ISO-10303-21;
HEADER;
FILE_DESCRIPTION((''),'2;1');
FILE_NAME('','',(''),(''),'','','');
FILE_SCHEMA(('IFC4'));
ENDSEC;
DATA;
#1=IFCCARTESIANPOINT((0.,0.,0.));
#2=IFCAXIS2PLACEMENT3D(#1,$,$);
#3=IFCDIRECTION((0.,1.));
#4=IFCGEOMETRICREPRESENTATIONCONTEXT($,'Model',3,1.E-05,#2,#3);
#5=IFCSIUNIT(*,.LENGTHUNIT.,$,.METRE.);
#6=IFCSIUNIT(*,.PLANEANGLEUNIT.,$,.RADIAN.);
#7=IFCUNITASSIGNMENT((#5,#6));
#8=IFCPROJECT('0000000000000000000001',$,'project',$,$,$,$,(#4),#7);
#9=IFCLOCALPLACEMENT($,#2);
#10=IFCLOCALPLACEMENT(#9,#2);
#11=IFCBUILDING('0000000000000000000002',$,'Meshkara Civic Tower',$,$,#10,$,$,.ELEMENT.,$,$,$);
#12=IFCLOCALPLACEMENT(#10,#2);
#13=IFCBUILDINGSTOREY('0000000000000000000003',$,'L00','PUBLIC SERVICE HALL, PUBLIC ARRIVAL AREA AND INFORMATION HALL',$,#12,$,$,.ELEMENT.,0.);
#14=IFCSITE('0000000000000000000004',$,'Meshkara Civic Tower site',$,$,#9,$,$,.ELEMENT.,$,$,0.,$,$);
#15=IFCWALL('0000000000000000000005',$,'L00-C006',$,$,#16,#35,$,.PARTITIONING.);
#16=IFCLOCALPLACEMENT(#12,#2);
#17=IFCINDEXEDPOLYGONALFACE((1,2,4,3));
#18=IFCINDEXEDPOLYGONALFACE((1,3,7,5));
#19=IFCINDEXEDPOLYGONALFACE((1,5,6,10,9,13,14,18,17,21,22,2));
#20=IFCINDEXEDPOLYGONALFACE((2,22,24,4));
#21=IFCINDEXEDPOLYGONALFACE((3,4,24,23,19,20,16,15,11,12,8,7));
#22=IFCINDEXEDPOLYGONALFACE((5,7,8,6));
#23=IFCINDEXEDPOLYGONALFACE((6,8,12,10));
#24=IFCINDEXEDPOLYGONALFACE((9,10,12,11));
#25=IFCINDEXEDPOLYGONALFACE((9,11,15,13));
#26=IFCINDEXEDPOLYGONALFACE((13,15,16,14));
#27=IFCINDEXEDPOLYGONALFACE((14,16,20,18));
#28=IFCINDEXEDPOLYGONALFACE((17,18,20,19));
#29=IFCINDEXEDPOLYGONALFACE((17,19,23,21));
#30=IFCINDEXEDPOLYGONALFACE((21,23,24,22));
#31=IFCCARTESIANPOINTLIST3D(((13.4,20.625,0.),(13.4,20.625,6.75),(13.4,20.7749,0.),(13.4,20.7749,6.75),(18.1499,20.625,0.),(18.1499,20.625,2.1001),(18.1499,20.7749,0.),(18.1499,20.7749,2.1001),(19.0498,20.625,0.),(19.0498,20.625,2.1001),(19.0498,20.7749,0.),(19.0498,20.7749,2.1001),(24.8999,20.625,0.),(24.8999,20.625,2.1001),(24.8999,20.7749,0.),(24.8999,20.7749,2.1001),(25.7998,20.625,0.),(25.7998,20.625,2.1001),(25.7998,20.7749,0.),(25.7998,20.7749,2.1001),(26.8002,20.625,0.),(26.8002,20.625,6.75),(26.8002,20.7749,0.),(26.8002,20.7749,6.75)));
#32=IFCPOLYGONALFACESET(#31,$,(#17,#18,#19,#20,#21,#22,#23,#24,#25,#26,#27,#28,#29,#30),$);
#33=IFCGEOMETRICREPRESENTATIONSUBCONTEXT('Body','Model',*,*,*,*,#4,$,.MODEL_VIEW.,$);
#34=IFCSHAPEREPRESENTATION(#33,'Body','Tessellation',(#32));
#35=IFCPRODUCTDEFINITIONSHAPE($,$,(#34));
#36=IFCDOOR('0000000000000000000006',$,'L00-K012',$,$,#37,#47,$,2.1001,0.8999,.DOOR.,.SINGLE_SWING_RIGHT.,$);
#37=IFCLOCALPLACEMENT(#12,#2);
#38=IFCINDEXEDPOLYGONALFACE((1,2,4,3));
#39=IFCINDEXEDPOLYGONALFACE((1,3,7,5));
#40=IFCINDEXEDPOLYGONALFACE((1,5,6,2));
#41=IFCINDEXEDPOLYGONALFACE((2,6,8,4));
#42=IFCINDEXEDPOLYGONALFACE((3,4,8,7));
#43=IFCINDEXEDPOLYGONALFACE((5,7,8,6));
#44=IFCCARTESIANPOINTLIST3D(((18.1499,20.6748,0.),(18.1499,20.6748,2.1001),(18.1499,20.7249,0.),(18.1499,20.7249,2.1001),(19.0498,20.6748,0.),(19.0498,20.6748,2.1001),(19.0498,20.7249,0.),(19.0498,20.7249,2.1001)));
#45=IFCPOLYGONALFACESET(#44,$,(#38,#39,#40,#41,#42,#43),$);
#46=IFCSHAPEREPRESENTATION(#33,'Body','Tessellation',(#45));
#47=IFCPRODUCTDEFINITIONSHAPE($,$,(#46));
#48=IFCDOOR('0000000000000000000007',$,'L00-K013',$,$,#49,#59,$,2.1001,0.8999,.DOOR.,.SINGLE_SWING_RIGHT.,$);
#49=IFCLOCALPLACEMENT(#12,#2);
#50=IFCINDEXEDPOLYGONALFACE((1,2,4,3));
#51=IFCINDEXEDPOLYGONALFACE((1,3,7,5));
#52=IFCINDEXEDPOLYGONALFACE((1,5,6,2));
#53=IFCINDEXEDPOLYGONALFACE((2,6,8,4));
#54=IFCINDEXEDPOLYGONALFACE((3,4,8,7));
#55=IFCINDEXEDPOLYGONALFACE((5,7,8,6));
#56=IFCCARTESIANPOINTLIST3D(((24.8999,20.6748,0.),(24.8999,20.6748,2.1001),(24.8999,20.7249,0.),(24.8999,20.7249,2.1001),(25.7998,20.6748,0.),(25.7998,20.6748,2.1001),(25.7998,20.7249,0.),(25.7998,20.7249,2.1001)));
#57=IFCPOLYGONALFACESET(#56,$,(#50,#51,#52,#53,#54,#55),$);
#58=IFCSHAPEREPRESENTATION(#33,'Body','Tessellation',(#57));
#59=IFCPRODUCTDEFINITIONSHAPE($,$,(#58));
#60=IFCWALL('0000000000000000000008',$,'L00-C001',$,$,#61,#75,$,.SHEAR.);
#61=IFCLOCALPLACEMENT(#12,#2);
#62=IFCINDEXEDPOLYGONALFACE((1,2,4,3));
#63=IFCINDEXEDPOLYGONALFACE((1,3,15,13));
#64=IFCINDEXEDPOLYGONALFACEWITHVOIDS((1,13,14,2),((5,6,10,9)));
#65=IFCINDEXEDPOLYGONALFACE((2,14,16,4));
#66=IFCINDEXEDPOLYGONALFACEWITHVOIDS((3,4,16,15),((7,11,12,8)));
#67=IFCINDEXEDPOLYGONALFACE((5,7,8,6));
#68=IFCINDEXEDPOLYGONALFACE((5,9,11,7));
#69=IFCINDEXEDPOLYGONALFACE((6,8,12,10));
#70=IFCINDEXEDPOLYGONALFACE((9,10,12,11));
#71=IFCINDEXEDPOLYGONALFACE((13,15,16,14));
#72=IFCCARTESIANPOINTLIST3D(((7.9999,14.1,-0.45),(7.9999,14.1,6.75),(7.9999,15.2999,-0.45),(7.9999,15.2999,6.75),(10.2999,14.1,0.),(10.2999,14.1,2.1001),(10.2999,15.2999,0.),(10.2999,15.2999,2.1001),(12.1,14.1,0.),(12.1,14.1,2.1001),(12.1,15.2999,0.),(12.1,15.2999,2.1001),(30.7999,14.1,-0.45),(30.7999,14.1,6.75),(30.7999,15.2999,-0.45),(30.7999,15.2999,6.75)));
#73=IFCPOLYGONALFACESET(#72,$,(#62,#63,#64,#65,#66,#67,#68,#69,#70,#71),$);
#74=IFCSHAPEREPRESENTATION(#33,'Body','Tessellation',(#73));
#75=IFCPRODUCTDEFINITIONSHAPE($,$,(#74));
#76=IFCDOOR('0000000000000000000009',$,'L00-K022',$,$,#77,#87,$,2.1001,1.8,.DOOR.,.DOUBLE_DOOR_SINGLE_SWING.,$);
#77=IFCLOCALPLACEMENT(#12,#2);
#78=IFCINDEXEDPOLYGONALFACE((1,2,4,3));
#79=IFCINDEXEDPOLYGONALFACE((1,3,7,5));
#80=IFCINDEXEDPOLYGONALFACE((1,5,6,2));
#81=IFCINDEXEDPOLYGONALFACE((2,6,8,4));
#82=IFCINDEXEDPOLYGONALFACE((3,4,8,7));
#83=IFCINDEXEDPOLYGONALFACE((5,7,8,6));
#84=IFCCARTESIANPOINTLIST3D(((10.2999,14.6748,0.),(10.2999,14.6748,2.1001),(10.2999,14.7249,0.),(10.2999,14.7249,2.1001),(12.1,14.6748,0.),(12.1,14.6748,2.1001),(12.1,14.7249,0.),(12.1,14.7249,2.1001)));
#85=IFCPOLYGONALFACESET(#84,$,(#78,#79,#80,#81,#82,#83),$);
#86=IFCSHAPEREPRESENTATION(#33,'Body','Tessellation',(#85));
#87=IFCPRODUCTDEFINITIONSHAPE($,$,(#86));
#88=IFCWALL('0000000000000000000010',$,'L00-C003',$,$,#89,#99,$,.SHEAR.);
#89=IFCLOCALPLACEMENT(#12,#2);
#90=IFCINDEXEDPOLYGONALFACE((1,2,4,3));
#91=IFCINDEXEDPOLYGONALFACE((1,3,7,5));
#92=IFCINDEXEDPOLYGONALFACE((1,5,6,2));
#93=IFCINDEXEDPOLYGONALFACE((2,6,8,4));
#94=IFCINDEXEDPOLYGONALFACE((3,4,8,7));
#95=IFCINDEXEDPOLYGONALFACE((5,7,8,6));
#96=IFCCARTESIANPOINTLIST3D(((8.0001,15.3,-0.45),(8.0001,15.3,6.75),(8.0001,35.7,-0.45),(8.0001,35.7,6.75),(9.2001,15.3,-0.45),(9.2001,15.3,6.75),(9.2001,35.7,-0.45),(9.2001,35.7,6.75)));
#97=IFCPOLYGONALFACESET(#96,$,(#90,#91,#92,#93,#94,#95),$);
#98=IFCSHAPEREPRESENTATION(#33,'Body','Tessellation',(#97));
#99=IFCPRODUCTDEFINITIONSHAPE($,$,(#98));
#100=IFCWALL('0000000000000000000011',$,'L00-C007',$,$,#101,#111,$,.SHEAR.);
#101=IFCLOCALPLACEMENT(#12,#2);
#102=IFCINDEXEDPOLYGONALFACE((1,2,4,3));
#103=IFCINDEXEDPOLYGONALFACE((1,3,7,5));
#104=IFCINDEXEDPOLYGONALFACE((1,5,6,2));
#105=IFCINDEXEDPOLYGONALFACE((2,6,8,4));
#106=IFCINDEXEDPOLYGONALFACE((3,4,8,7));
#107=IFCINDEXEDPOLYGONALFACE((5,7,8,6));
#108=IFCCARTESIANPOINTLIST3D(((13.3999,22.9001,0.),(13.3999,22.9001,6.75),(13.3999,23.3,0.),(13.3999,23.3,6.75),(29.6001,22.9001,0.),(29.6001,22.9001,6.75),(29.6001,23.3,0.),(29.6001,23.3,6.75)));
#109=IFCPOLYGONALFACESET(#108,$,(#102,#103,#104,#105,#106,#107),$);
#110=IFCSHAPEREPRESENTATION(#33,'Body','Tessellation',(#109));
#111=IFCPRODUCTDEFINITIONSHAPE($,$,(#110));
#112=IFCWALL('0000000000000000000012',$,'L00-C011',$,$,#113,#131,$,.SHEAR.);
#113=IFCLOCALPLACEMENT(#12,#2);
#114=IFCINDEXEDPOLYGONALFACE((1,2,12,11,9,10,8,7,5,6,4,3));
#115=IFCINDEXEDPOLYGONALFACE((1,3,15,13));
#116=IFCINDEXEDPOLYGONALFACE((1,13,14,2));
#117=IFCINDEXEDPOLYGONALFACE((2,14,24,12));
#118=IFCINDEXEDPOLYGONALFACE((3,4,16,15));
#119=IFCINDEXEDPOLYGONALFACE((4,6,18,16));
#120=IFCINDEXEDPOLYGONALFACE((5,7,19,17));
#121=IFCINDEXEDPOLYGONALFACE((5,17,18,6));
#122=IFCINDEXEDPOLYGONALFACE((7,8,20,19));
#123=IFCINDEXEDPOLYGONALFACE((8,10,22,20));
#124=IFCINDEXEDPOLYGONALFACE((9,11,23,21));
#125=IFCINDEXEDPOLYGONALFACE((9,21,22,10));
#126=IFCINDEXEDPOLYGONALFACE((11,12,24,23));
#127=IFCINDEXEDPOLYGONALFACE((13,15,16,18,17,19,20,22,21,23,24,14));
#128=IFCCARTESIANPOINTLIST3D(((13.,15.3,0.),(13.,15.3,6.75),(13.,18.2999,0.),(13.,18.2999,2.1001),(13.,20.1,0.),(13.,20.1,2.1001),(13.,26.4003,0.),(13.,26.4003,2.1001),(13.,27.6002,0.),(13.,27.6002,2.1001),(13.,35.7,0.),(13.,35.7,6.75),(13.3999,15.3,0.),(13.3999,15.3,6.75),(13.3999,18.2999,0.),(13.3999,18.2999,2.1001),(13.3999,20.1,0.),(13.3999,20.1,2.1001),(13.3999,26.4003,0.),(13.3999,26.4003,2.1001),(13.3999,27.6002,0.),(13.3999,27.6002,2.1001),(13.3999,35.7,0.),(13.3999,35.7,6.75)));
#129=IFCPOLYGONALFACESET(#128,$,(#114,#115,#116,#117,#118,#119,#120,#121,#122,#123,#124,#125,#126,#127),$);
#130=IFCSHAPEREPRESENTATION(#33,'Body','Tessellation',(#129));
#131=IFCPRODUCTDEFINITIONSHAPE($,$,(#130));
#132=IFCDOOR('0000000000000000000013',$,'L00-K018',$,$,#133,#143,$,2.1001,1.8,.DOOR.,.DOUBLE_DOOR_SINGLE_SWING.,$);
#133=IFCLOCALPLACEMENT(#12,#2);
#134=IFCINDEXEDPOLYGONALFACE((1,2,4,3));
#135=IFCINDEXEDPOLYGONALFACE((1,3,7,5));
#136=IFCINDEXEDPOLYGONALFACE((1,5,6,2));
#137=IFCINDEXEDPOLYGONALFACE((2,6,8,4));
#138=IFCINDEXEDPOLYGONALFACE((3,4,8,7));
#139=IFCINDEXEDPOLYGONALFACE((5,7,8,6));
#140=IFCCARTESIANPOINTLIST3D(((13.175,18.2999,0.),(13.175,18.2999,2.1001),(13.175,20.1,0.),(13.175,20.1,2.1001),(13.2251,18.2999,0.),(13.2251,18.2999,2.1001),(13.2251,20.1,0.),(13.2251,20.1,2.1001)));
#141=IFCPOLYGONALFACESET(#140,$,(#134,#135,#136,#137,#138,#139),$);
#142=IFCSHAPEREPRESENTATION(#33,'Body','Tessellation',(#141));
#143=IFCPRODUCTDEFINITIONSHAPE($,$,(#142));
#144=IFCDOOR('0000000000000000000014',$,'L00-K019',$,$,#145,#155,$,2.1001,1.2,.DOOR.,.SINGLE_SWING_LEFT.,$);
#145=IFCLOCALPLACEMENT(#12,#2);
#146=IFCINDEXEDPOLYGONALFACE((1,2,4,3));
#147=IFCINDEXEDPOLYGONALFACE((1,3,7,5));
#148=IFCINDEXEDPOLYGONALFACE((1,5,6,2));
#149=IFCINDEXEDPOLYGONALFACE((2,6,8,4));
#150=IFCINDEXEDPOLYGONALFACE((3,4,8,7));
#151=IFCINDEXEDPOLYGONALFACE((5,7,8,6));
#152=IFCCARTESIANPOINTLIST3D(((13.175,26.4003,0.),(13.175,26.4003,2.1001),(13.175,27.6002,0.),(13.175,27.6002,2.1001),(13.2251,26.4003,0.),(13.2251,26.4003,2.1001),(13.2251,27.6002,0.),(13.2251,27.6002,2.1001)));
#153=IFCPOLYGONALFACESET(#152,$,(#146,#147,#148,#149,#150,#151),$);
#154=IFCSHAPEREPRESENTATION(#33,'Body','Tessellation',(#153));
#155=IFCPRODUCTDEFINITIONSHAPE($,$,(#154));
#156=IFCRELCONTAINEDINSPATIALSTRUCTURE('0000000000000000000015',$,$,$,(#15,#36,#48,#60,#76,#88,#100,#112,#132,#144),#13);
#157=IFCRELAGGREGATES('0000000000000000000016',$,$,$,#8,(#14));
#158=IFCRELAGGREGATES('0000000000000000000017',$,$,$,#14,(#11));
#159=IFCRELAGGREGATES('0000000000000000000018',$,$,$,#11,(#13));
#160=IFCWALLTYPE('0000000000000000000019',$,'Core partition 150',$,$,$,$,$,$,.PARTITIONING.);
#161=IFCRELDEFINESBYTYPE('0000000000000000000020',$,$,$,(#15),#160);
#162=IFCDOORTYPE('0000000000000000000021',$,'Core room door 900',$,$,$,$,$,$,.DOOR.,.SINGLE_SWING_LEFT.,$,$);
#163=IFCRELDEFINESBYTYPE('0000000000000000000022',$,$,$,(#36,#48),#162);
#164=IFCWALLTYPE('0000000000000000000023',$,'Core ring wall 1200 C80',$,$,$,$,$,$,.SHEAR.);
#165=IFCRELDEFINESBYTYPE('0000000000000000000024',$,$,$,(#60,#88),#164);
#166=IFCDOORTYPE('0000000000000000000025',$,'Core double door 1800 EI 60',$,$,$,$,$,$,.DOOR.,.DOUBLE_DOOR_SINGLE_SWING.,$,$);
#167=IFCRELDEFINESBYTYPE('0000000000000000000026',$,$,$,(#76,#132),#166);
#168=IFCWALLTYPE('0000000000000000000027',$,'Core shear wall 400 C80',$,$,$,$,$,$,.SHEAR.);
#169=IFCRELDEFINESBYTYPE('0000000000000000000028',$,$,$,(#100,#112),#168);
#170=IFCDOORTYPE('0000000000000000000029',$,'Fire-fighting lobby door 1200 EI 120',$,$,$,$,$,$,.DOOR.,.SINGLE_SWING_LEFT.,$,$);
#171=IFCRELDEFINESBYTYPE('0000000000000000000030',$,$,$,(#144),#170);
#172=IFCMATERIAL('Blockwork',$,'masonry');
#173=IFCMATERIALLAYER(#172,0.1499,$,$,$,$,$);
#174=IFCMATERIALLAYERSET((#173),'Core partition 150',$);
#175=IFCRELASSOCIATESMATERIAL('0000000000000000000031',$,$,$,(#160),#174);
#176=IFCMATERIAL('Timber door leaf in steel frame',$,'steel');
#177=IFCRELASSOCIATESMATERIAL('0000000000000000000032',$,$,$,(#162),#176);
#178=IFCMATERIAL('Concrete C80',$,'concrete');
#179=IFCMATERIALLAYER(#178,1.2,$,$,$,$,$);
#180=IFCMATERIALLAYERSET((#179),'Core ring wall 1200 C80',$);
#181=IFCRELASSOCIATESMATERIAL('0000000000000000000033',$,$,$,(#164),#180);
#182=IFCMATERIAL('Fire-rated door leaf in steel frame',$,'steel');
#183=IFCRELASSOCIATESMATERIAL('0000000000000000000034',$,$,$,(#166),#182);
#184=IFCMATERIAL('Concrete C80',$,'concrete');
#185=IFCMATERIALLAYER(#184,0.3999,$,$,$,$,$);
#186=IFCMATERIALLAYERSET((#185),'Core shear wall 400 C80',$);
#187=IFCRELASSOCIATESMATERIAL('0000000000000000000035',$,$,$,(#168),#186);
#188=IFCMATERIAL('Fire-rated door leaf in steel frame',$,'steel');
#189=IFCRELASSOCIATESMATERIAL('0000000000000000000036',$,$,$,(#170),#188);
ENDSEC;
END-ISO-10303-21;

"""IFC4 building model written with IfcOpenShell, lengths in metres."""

from ifc_helpers import new_model, si_unit, direction, frame, frame_2d, origin, place, context, subcontext, project, spatial, rectangle, extrude, material, layer, layer_set, type_object, element, fill, save


model = new_model("IFC4")

# Units and contexts
model_context = context("Model", 3, precision=1e-05, world=origin(), true_north=direction((0.0, 1.0)))
body_context = subcontext(model_context, "Body", "Model", "MODEL_VIEW")
ifc_project = project(units=[si_unit("LENGTHUNIT", "METRE"), si_unit("PLANEANGLEUNIT", "RADIAN")], contexts=[model_context])

# Site, building, storey
site_placement = place(None, origin())
site = spatial("IfcSite", under=ifc_project, at=site_placement, Name="Meshkara Civic Tower site", CompositionType="ELEMENT", RefElevation=0.0)
building_placement = place(site_placement, origin())
building = spatial("IfcBuilding", under=site, at=building_placement, Name="Meshkara Civic Tower", CompositionType="ELEMENT")
storey_placement = place(building_placement, origin())
storey = spatial("IfcBuildingStorey", under=building, at=storey_placement, Name="L00", Description="PUBLIC SERVICE HALL, PUBLIC ARRIVAL AREA AND INFORMATION HALL", CompositionType="ELEMENT", Elevation=0.0)

# Wall, openings, doors
ifc_material_1 = material(Name="Blockwork", Category="masonry")
ifc_layer_1 = layer(ifc_material_1, 0.1499)
ifc_layer_set_1 = layer_set([ifc_layer_1], Name="Core partition 150")
wall_type_1 = type_object("IfcWallType", Name="Core partition 150", PredefinedType="PARTITIONING", material=ifc_layer_set_1)
wall_1_placement = place(storey_placement, frame((13.3999, 20.7, 0.0), z_axis=(0.0, 0.0, 1.0), x_axis=(1.0, 0.0, 0.0)))
wall_1 = element("IfcWall", 1, at=wall_1_placement, inside=storey, type_object=wall_type_1, Name="L00-C006", PredefinedType="PARTITIONING", context=body_context, shape_type="SweptSolid", body=[
    extrude(rectangle(XDim=13.4001, YDim=0.1499, at=frame_2d((6.7002, 0.0))), origin(), (0.0, 0.0, 1.0), 6.75),
])
opening_1_placement = place(wall_1_placement, frame((4.75, 0.0, 0.0)))
opening_1 = element("IfcOpeningElement", 2, at=opening_1_placement, cuts=wall_1, PredefinedType="OPENING", context=body_context, shape_type="SweptSolid", body=[
    extrude(rectangle(XDim=0.8999, YDim=2.1001, at=frame_2d((0.45, 1.05))), frame((0.0, 0.085, 0.0), z_axis=(0.0, -1.0, 0.0), x_axis=(1.0, 0.0, 0.0)), (0.0, 0.0, 1.0), 0.1699),
])
opening_2_placement = place(wall_1_placement, frame((11.5, 0.0, 0.0)))
opening_2 = element("IfcOpeningElement", 3, at=opening_2_placement, cuts=wall_1, PredefinedType="OPENING", context=body_context, shape_type="SweptSolid", body=[
    extrude(rectangle(XDim=0.8999, YDim=2.1001, at=frame_2d((0.45, 1.05))), frame((0.0, 0.085, 0.0), z_axis=(0.0, -1.0, 0.0), x_axis=(1.0, 0.0, 0.0)), (0.0, 0.0, 1.0), 0.1699),
])
ifc_material_2 = material(Name="Timber door leaf in steel frame", Category="steel")
door_type_1 = type_object("IfcDoorType", Name="Core room door 900", OperationType="SINGLE_SWING_LEFT", PredefinedType="DOOR", material=ifc_material_2)
door_1_placement = place(opening_1_placement, origin())
door_1 = element("IfcDoor", 4, at=door_1_placement, inside=storey, type_object=door_type_1, Name="L00-K012", OperationType="SINGLE_SWING_RIGHT", OverallHeight=2.1001, OverallWidth=0.8999, PredefinedType="DOOR", context=body_context, shape_type="SweptSolid", body=[
    extrude(rectangle(XDim=0.8999, YDim=2.1001, at=frame_2d((0.45, 1.05))), frame((0.0, 0.0249, 0.0), z_axis=(0.0, -1.0, 0.0), x_axis=(1.0, 0.0, 0.0)), (0.0, 0.0, 1.0), 0.05),
])
fill(opening_1, door_1)
door_2_placement = place(opening_2_placement, origin())
door_2 = element("IfcDoor", 5, at=door_2_placement, inside=storey, type_object=door_type_1, Name="L00-K013", OperationType="SINGLE_SWING_RIGHT", OverallHeight=2.1001, OverallWidth=0.8999, PredefinedType="DOOR", context=body_context, shape_type="SweptSolid", body=[
    extrude(rectangle(XDim=0.8999, YDim=2.1001, at=frame_2d((0.45, 1.05))), frame((0.0, 0.0249, 0.0), z_axis=(0.0, -1.0, 0.0), x_axis=(1.0, 0.0, 0.0)), (0.0, 0.0, 1.0), 0.05),
])
fill(opening_2, door_2)

# Wall, opening, door
ifc_material_3 = material(Name="Concrete C80", Category="concrete")
ifc_layer_2 = layer(ifc_material_3, 1.2)
ifc_layer_set_2 = layer_set([ifc_layer_2], Name="Core ring wall 1200 C80")
wall_type_2 = type_object("IfcWallType", Name="Core ring wall 1200 C80", PredefinedType="SHEAR", material=ifc_layer_set_2)
wall_2_placement = place(storey_placement, frame((8.0, 14.7, -0.45), z_axis=(0.0, 0.0, 1.0), x_axis=(1.0, 0.0, 0.0)))
wall_2 = element("IfcWall", 6, at=wall_2_placement, inside=storey, type_object=wall_type_2, Name="L00-C001", PredefinedType="SHEAR", context=body_context, shape_type="SweptSolid", body=[
    extrude(rectangle(XDim=22.8, YDim=1.2, at=frame_2d((11.3999, 0.0))), origin(), (0.0, 0.0, 1.0), 7.2),
])
opening_3_placement = place(wall_2_placement, frame((2.3, 0.0, 0.45)))
opening_3 = element("IfcOpeningElement", 7, at=opening_3_placement, cuts=wall_2, PredefinedType="OPENING", context=body_context, shape_type="SweptSolid", body=[
    extrude(rectangle(XDim=1.8, YDim=2.1001, at=frame_2d((0.8999, 1.05))), frame((0.0, 0.6099, 0.0), z_axis=(0.0, -1.0, 0.0), x_axis=(1.0, 0.0, 0.0)), (0.0, 0.0, 1.0), 1.22),
])
ifc_material_4 = material(Name="Fire-rated door leaf in steel frame", Category="steel")
door_type_2 = type_object("IfcDoorType", Name="Core double door 1800 EI 60", OperationType="DOUBLE_DOOR_SINGLE_SWING", PredefinedType="DOOR", material=ifc_material_4)
door_3_placement = place(opening_3_placement, origin())
door_3 = element("IfcDoor", 8, at=door_3_placement, inside=storey, type_object=door_type_2, Name="L00-K022", OperationType="DOUBLE_DOOR_SINGLE_SWING", OverallHeight=2.1001, OverallWidth=1.8, PredefinedType="DOOR", context=body_context, shape_type="SweptSolid", body=[
    extrude(rectangle(XDim=1.8, YDim=2.1001, at=frame_2d((0.8999, 1.05))), frame((0.0, 0.0249, 0.0), z_axis=(0.0, -1.0, 0.0), x_axis=(1.0, 0.0, 0.0)), (0.0, 0.0, 1.0), 0.05),
])
fill(opening_3, door_3)

# Walls
wall_3_placement = place(storey_placement, frame((8.6001, 15.3, -0.45), z_axis=(0.0, 0.0, 1.0), x_axis=(0.0, 1.0, 0.0)))
element("IfcWall", 9, at=wall_3_placement, inside=storey, type_object=wall_type_2, Name="L00-C003", PredefinedType="SHEAR", context=body_context, shape_type="SweptSolid", body=[
    extrude(rectangle(XDim=20.3999, YDim=1.2, at=frame_2d((10.2, 0.0))), origin(), (0.0, 0.0, 1.0), 7.2),
])
ifc_material_5 = material(Name="Concrete C80", Category="concrete")
ifc_layer_3 = layer(ifc_material_5, 0.3999)
ifc_layer_set_3 = layer_set([ifc_layer_3], Name="Core shear wall 400 C80")
wall_type_3 = type_object("IfcWallType", Name="Core shear wall 400 C80", PredefinedType="SHEAR", material=ifc_layer_set_3)
wall_4_placement = place(storey_placement, frame((13.3999, 23.1001, 0.0), z_axis=(0.0, 0.0, 1.0), x_axis=(1.0, 0.0, 0.0)))
element("IfcWall", 10, at=wall_4_placement, inside=storey, type_object=wall_type_3, Name="L00-C007", PredefinedType="SHEAR", context=body_context, shape_type="SweptSolid", body=[
    extrude(rectangle(XDim=16.2002, YDim=0.3999, at=frame_2d((8.1001, 0.0))), origin(), (0.0, 0.0, 1.0), 6.75),
])

# Wall, openings, doors
wall_5_placement = place(storey_placement, frame((13.2, 15.3, 0.0), z_axis=(0.0, 0.0, 1.0), x_axis=(0.0, 1.0, 0.0)))
wall_5 = element("IfcWall", 11, at=wall_5_placement, inside=storey, type_object=wall_type_3, Name="L00-C011", PredefinedType="SHEAR", context=body_context, shape_type="SweptSolid", body=[
    extrude(rectangle(XDim=20.3999, YDim=0.3999, at=frame_2d((10.2, 0.0))), origin(), (0.0, 0.0, 1.0), 6.75),
])
opening_4_placement = place(wall_5_placement, frame((3.0, 0.0, 0.0)))
opening_4 = element("IfcOpeningElement", 12, at=opening_4_placement, cuts=wall_5, PredefinedType="OPENING", context=body_context, shape_type="SweptSolid", body=[
    extrude(rectangle(XDim=1.8, YDim=2.1001, at=frame_2d((0.8999, 1.05))), frame((0.0, 0.21, 0.0), z_axis=(0.0, -1.0, 0.0), x_axis=(1.0, 0.0, 0.0)), (0.0, 0.0, 1.0), 0.4199),
])
opening_5_placement = place(wall_5_placement, frame((11.1001, 0.0, 0.0)))
opening_5 = element("IfcOpeningElement", 13, at=opening_5_placement, cuts=wall_5, PredefinedType="OPENING", context=body_context, shape_type="SweptSolid", body=[
    extrude(rectangle(XDim=1.2, YDim=2.1001, at=frame_2d((0.6001, 1.05))), frame((0.0, 0.21, 0.0), z_axis=(0.0, -1.0, 0.0), x_axis=(1.0, 0.0, 0.0)), (0.0, 0.0, 1.0), 0.4199),
])
door_4_placement = place(opening_4_placement, origin())
door_4 = element("IfcDoor", 14, at=door_4_placement, inside=storey, type_object=door_type_2, Name="L00-K018", OperationType="DOUBLE_DOOR_SINGLE_SWING", OverallHeight=2.1001, OverallWidth=1.8, PredefinedType="DOOR", context=body_context, shape_type="SweptSolid", body=[
    extrude(rectangle(XDim=1.8, YDim=2.1001, at=frame_2d((0.8999, 1.05))), frame((0.0, 0.0249, 0.0), z_axis=(0.0, -1.0, 0.0), x_axis=(1.0, 0.0, 0.0)), (0.0, 0.0, 1.0), 0.05),
])
fill(opening_4, door_4)
ifc_material_6 = material(Name="Fire-rated door leaf in steel frame", Category="steel")
door_type_3 = type_object("IfcDoorType", Name="Fire-fighting lobby door 1200 EI 120", OperationType="SINGLE_SWING_LEFT", PredefinedType="DOOR", material=ifc_material_6)
door_5_placement = place(opening_5_placement, origin())
door_5 = element("IfcDoor", 15, at=door_5_placement, inside=storey, type_object=door_type_3, Name="L00-K019", OperationType="SINGLE_SWING_LEFT", OverallHeight=2.1001, OverallWidth=1.2, PredefinedType="DOOR", context=body_context, shape_type="SweptSolid", body=[
    extrude(rectangle(XDim=1.2, YDim=2.1001, at=frame_2d((0.6001, 1.05))), frame((0.0, 0.0249, 0.0), z_axis=(0.0, -1.0, 0.0), x_axis=(1.0, 0.0, 0.0)), (0.0, 0.0, 1.0), 0.05),
])
fill(opening_5, door_5)

save(model, "model.ifc")
